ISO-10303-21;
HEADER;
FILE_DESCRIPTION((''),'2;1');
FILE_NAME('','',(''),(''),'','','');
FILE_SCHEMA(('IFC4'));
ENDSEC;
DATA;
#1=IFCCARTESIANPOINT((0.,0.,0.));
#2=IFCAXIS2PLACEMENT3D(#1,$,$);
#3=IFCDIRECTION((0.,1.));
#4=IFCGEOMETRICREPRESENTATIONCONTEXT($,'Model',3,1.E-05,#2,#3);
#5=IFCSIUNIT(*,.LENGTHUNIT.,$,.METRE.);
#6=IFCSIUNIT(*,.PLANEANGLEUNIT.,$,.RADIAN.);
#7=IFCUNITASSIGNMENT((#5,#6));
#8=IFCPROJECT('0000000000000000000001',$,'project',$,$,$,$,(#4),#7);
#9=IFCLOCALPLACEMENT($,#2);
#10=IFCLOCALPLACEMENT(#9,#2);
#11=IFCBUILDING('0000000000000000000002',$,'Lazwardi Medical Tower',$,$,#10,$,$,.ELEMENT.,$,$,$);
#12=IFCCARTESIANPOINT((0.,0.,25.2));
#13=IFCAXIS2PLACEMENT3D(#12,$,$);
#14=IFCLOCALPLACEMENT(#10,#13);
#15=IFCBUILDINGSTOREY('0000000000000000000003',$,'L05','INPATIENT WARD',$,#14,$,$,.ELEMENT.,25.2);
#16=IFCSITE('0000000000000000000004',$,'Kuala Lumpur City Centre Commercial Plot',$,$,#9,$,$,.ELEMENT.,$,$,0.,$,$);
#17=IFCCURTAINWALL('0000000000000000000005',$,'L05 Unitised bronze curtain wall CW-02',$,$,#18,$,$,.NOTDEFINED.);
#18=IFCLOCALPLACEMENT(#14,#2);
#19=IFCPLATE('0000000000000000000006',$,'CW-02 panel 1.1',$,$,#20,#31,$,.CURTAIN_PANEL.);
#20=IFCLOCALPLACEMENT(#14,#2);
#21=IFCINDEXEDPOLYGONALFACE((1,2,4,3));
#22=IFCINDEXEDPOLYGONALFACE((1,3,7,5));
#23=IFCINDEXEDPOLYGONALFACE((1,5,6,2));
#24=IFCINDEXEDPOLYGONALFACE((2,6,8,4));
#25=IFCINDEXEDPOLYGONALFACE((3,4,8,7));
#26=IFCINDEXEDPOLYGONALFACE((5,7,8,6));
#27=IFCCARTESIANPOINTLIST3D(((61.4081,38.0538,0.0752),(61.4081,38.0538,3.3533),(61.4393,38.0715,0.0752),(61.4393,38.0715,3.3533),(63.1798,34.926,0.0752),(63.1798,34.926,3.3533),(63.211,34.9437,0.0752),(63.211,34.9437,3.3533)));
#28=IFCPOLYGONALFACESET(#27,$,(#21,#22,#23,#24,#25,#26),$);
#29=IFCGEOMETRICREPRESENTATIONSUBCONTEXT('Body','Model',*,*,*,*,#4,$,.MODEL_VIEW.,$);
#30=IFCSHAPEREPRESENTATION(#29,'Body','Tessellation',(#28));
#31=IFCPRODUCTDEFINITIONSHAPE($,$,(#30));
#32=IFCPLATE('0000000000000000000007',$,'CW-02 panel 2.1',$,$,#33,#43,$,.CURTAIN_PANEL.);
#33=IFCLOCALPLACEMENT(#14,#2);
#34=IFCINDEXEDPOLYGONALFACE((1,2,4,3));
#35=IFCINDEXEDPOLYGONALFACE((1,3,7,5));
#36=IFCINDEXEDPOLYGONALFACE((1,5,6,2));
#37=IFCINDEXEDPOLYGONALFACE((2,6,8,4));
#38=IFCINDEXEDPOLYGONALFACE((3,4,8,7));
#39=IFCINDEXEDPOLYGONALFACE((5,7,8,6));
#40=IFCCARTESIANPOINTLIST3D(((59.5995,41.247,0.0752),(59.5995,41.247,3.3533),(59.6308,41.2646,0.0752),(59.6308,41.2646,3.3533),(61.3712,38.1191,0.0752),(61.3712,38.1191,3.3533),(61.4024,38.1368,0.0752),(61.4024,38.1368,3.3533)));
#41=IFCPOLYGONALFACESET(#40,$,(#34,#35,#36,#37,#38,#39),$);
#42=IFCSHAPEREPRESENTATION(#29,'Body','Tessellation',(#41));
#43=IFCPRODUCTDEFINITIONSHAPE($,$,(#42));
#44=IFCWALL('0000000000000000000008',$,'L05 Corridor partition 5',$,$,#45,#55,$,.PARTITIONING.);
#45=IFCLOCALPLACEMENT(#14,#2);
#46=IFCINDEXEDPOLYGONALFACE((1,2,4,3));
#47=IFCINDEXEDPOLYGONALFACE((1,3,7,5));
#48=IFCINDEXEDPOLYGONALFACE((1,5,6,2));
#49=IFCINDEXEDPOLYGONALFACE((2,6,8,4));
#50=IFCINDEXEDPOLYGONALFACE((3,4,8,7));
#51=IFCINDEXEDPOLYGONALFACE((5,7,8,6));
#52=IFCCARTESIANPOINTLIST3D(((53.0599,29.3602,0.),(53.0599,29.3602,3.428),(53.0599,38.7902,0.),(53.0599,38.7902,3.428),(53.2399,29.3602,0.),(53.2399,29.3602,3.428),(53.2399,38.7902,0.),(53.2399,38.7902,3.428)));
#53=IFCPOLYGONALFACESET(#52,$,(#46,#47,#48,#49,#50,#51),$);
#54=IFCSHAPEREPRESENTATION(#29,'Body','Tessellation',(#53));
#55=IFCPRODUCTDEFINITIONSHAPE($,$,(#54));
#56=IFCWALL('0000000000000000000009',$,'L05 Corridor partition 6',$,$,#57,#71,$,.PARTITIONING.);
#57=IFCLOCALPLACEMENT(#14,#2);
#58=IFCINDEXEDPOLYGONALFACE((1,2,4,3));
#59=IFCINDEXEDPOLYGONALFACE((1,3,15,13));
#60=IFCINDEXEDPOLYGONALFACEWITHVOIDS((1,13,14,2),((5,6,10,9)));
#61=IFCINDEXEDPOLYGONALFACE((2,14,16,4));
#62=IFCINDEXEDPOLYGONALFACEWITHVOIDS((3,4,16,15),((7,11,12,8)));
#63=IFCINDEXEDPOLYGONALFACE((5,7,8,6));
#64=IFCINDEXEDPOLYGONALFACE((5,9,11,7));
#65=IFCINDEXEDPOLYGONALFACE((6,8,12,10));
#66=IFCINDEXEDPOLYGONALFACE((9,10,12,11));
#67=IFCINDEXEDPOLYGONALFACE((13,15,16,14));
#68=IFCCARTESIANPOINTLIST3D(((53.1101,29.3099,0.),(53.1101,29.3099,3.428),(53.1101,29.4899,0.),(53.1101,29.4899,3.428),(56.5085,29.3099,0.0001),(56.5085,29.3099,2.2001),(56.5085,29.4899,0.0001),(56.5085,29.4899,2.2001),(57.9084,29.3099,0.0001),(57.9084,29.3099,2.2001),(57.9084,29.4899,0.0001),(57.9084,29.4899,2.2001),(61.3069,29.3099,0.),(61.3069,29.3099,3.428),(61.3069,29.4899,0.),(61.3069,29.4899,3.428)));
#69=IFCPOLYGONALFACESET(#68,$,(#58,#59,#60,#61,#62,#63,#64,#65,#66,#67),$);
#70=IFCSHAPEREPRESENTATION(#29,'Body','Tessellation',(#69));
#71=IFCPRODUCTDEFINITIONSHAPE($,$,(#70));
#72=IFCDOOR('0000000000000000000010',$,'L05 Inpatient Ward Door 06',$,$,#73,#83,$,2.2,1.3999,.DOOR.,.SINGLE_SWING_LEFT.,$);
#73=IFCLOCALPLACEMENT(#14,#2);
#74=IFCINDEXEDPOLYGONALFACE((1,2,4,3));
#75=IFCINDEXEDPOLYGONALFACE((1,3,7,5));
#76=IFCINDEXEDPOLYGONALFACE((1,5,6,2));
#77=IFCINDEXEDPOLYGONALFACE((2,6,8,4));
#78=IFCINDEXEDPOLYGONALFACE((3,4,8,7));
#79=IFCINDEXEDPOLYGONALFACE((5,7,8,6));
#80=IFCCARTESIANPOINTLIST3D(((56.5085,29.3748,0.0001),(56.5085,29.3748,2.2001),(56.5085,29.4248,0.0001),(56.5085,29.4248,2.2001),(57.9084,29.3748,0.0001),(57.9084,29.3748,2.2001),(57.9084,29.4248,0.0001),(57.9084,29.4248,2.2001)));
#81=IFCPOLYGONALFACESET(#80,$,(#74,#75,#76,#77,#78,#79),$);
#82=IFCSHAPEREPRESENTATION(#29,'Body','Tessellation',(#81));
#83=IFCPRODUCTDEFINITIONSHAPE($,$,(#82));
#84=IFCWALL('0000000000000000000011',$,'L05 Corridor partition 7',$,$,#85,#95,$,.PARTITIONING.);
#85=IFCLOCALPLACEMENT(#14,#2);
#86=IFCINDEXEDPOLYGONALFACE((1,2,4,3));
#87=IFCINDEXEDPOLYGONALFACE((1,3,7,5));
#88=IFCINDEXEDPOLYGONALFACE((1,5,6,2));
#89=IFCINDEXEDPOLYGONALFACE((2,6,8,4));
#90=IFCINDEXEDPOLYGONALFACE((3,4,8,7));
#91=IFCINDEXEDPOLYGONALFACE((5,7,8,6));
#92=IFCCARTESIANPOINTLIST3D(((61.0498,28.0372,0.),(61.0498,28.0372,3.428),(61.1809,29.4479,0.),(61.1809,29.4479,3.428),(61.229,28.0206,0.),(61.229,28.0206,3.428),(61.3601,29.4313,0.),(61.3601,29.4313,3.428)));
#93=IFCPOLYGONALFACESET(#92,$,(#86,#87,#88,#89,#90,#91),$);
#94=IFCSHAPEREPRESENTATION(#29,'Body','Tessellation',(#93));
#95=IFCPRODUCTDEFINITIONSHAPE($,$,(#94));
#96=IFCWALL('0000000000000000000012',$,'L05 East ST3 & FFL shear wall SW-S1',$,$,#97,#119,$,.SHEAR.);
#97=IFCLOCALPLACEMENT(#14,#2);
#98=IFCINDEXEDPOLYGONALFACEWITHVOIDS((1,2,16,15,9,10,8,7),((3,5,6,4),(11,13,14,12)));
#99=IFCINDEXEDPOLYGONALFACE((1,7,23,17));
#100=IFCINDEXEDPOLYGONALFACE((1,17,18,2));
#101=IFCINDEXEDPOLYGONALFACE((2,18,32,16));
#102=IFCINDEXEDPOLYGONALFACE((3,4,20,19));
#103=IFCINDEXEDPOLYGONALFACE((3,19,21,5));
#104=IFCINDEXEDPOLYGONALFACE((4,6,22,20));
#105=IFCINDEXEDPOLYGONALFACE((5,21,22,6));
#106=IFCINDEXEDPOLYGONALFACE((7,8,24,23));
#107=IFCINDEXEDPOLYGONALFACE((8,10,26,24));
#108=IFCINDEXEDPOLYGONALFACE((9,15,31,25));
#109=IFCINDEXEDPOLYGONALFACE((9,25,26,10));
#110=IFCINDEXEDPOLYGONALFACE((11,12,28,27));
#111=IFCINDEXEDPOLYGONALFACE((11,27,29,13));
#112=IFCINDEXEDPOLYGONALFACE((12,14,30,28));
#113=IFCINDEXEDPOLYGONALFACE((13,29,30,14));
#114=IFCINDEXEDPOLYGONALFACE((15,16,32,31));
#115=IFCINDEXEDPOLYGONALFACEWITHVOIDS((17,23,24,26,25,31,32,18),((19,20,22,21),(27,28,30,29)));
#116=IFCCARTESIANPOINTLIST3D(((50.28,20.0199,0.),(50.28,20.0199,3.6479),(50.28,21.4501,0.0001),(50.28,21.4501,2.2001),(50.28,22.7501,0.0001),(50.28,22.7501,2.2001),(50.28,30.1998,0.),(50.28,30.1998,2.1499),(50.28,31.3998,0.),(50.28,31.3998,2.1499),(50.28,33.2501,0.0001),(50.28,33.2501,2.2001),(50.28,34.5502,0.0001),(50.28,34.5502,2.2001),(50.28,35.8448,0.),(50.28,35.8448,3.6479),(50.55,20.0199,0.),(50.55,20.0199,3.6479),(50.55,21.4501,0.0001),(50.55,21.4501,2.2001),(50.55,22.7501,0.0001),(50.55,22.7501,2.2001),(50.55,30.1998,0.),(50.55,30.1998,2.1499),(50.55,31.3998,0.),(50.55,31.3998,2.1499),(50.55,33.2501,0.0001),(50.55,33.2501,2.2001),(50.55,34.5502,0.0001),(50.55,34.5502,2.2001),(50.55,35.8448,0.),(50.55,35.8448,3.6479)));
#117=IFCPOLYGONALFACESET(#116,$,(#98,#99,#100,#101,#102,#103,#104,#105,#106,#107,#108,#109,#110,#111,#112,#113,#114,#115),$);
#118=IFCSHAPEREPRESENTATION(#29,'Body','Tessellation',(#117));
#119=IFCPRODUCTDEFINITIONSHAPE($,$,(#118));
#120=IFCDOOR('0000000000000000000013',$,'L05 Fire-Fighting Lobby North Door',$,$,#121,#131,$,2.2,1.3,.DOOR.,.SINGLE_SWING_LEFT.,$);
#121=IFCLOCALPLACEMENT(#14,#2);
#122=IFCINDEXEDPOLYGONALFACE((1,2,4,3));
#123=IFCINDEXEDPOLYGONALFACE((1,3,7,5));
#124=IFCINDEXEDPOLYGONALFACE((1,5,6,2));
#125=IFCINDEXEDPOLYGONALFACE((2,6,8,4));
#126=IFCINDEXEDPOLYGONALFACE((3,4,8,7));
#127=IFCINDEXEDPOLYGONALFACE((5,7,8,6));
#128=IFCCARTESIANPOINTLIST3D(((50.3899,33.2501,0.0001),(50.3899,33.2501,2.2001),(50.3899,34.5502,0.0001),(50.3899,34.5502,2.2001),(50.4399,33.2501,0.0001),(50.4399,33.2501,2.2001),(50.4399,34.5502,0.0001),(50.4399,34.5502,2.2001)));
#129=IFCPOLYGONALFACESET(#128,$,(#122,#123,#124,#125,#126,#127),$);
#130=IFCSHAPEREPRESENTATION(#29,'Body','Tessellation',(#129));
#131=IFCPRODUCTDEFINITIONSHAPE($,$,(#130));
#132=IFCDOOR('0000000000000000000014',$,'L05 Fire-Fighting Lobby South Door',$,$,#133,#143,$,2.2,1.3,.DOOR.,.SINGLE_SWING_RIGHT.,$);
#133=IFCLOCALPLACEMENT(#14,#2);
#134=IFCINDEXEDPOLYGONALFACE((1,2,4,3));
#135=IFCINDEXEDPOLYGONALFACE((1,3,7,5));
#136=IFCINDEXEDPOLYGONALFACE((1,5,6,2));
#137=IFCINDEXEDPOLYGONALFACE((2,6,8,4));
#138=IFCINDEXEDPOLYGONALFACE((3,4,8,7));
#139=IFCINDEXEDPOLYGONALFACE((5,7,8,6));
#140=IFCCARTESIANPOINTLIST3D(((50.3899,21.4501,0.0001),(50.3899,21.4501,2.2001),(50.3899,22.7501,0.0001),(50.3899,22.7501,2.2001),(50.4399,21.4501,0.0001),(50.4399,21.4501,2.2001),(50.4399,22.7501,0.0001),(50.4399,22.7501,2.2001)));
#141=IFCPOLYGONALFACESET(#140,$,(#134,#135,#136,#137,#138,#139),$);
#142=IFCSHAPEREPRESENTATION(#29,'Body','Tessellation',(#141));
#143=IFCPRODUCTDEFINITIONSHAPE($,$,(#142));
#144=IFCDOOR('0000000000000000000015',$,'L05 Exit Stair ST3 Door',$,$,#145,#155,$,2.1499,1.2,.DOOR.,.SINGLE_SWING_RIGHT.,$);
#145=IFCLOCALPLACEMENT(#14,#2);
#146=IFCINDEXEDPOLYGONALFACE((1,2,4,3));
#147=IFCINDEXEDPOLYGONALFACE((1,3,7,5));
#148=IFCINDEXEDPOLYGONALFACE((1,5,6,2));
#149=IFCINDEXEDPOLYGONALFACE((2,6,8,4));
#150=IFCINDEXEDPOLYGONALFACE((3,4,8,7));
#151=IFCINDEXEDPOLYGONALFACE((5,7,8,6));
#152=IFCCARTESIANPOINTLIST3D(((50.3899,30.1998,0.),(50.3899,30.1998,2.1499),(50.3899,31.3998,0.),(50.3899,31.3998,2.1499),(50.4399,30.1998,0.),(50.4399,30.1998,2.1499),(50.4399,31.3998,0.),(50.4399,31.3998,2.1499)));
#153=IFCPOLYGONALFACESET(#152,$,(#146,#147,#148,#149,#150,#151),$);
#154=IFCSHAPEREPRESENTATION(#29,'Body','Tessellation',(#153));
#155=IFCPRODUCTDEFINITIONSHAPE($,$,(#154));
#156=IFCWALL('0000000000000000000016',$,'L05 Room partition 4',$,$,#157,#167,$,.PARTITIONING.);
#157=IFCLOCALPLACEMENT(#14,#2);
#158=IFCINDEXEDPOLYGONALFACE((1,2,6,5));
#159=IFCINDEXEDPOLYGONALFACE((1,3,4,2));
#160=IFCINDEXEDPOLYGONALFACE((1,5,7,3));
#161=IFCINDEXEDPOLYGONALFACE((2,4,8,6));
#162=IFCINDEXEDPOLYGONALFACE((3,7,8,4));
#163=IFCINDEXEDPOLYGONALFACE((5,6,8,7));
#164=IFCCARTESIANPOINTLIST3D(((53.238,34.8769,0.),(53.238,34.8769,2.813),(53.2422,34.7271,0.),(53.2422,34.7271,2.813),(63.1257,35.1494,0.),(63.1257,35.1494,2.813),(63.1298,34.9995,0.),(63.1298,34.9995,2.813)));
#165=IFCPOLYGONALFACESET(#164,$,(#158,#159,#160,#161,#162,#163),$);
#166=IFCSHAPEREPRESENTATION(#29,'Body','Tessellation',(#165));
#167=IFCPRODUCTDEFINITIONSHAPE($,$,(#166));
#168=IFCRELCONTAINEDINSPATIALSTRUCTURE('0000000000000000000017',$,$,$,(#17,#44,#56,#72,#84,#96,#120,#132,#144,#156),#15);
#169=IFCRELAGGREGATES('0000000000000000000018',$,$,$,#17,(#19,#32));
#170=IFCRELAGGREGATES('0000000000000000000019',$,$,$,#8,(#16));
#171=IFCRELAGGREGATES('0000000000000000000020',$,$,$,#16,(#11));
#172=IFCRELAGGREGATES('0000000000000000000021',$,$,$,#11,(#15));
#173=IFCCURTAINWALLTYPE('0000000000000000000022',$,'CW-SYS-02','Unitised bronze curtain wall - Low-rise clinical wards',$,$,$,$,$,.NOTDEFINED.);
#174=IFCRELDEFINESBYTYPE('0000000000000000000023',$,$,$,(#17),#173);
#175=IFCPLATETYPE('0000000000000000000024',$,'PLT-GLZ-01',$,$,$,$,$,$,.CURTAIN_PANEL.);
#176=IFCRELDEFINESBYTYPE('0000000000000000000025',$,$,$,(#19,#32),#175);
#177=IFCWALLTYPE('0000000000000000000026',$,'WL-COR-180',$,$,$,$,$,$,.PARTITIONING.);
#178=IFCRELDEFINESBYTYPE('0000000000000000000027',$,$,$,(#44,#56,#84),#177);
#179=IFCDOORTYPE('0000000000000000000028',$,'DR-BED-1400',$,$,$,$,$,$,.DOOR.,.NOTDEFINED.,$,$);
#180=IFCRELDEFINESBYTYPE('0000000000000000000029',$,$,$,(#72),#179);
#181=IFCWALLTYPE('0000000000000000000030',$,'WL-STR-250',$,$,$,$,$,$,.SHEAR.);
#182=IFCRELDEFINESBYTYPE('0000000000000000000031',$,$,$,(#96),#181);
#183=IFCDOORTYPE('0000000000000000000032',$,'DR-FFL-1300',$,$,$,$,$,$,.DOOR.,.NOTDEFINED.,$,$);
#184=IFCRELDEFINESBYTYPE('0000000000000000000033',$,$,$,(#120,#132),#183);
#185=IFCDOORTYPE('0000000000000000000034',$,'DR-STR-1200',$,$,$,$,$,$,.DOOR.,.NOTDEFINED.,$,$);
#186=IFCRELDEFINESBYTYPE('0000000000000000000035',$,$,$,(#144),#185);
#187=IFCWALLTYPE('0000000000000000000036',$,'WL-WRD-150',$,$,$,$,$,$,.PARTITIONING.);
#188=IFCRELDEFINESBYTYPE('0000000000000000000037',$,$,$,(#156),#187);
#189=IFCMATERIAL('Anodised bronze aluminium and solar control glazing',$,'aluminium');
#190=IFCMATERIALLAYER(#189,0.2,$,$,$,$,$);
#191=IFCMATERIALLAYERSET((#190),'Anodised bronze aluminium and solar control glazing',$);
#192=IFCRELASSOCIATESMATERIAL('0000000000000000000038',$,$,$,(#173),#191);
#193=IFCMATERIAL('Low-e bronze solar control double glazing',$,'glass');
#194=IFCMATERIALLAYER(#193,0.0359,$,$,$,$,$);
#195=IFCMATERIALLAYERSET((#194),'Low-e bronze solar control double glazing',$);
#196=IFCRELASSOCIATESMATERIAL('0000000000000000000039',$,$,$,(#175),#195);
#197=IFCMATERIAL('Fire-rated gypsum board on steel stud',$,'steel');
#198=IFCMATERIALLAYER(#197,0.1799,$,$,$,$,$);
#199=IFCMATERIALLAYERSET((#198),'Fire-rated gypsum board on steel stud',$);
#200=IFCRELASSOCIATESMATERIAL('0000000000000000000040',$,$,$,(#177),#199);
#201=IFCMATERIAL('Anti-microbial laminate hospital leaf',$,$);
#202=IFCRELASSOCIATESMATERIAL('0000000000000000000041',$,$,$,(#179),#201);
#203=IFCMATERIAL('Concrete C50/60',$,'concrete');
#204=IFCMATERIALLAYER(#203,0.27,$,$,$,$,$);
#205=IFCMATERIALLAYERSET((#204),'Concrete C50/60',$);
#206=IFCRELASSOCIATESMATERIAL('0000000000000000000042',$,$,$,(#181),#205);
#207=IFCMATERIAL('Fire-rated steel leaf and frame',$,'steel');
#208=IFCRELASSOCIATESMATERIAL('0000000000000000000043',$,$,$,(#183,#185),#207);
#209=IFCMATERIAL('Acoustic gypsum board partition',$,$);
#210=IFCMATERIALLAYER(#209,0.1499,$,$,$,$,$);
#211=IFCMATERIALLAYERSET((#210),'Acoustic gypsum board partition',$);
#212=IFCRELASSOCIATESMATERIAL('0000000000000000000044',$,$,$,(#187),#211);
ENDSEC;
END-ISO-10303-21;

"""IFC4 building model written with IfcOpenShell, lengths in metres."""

from ifc_helpers import new_model, si_unit, direction, frame, frame_2d, origin, origin_2d, place, context, subcontext, project, spatial, rectangle, extrude, material, layer, layer_set, type_object, element, fill, aggregate, save


model = new_model("IFC4")

# Units and contexts
model_context = context("Model", 3, precision=1e-05, world=origin(), true_north=direction((0.0, 1.0)))
body_context = subcontext(model_context, "Body", "Model", "MODEL_VIEW")
ifc_project = project(units=[si_unit("LENGTHUNIT", "METRE"), si_unit("PLANEANGLEUNIT", "RADIAN")], contexts=[model_context])

# Site, building, storey
site_placement = place(None, origin())
site = spatial("IfcSite", under=ifc_project, at=site_placement, Name="Kuala Lumpur City Centre Commercial Plot", CompositionType="ELEMENT", RefElevation=0.0)
building_placement = place(site_placement, origin())
building = spatial("IfcBuilding", under=site, at=building_placement, Name="Lazwardi Medical Tower", CompositionType="ELEMENT")
storey_placement = place(building_placement, frame((0.0, 0.0, 25.2)))
storey = spatial("IfcBuildingStorey", under=building, at=storey_placement, Name="L05", Description="INPATIENT WARD", CompositionType="ELEMENT", Elevation=25.2)

# Shared definitions
ifc_material_1 = material(Name="Anodised bronze aluminium and solar control glazing", Category="aluminium")
ifc_layer_1 = layer(ifc_material_1, 0.2)
ifc_layer_set_1 = layer_set([ifc_layer_1], Name="Anodised bronze aluminium and solar control glazing")
curtain_wall_type = type_object("IfcCurtainWallType", Name="CW-SYS-02", Description="Unitised bronze curtain wall - Low-rise clinical wards", PredefinedType="NOTDEFINED", material=ifc_layer_set_1)

# Curtain wall
curtain_wall_1_placement = place(storey_placement, origin())
curtain_wall_1 = element("IfcCurtainWall", 1, at=curtain_wall_1_placement, inside=storey, type_object=curtain_wall_type, Name="L05 Unitised bronze curtain wall CW-02", PredefinedType="NOTDEFINED")

# Plates
ifc_material_2 = material(Name="Low-e bronze solar control double glazing", Category="glass")
ifc_layer_2 = layer(ifc_material_2, 0.0359)
ifc_layer_set_2 = layer_set([ifc_layer_2], Name="Low-e bronze solar control double glazing")
plate_type = type_object("IfcPlateType", Name="PLT-GLZ-01", PredefinedType="CURTAIN_PANEL", material=ifc_layer_set_2)
plate_1_placement = place(storey_placement, frame((62.3096, 36.4988, 0.0752), z_axis=(0.0, 0.0, 1.0), x_axis=(-0.492854, 0.870112, 0.0)))
plate_1 = element("IfcPlate", 2, at=plate_1_placement, type_object=plate_type, Name="CW-02 panel 1.1", PredefinedType="CURTAIN_PANEL", context=body_context, shape_type="SweptSolid", body=[
    extrude(rectangle(XDim=3.5947, YDim=0.0359, at=origin_2d()), origin(), (0.0, 0.0, 1.0), 3.2781),
])
plate_2_placement = place(storey_placement, frame((60.501, 39.6919, 0.0752), z_axis=(0.0, 0.0, 1.0), x_axis=(-0.492854, 0.870112, 0.0)))
plate_2 = element("IfcPlate", 3, at=plate_2_placement, type_object=plate_type, Name="CW-02 panel 2.1", PredefinedType="CURTAIN_PANEL", context=body_context, shape_type="SweptSolid", body=[
    extrude(rectangle(XDim=3.5947, YDim=0.0359, at=origin_2d()), origin(), (0.0, 0.0, 1.0), 3.2781),
])
aggregate(curtain_wall_1, [plate_1, plate_2])

# Wall
ifc_material_3 = material(Name="Fire-rated gypsum board on steel stud", Category="steel")
ifc_layer_3 = layer(ifc_material_3, 0.1799)
ifc_layer_set_3 = layer_set([ifc_layer_3], Name="Fire-rated gypsum board on steel stud")
wall_type_1 = type_object("IfcWallType", Name="WL-COR-180", PredefinedType="PARTITIONING", material=ifc_layer_set_3)
wall_1_placement = place(storey_placement, frame((53.1499, 38.79, 0.0), z_axis=(0.0, 0.0, 1.0), x_axis=(0.0, -1.0, 0.0)))
element("IfcWall", 4, at=wall_1_placement, inside=storey, type_object=wall_type_1, Name="L05 Corridor partition 5", PredefinedType="PARTITIONING", context=body_context, shape_type="SweptSolid", body=[
    extrude(rectangle(XDim=9.4299, YDim=0.1799, at=frame_2d((4.7148, 0.0))), origin(), (0.0, 0.0, 1.0), 3.428),
])

# Wall, opening, door
wall_2_placement = place(storey_placement, frame((53.1101, 29.3999, 0.0), z_axis=(0.0, 0.0, 1.0), x_axis=(1.0, 0.0, 0.0)))
wall_2 = element("IfcWall", 5, at=wall_2_placement, inside=storey, type_object=wall_type_1, Name="L05 Corridor partition 6", PredefinedType="PARTITIONING", context=body_context, shape_type="SweptSolid", body=[
    extrude(rectangle(XDim=8.1968, YDim=0.1799, at=frame_2d((4.0984, 0.0))), origin(), (0.0, 0.0, 1.0), 3.428),
])
opening_1_placement = place(wall_2_placement, frame((3.3984, 0.0, 0.0)))
opening_1 = element("IfcOpeningElement", 6, at=opening_1_placement, cuts=wall_2, PredefinedType="OPENING", context=body_context, shape_type="SweptSolid", body=[
    extrude(rectangle(XDim=1.3999, YDim=2.2, at=frame_2d((0.7, 1.1001))), frame((0.0, 0.0999, 0.0), z_axis=(0.0, -1.0, 0.0), x_axis=(1.0, 0.0, 0.0)), (0.0, 0.0, 1.0), 0.2),
])
ifc_material_4 = material(Name="Anti-microbial laminate hospital leaf")
door_type_1 = type_object("IfcDoorType", Name="DR-BED-1400", OperationType="NOTDEFINED", PredefinedType="DOOR", material=ifc_material_4)
door_1_placement = place(opening_1_placement, origin())
door_1 = element("IfcDoor", 7, at=door_1_placement, inside=storey, type_object=door_type_1, Name="L05 Inpatient Ward Door 06", OperationType="SINGLE_SWING_LEFT", OverallHeight=2.2, OverallWidth=1.3999, PredefinedType="DOOR", context=body_context, shape_type="SweptSolid", body=[
    extrude(rectangle(XDim=1.3999, YDim=2.2, at=frame_2d((0.7, 1.1001))), frame((0.0, 0.0249, 0.0), z_axis=(0.0, -1.0, 0.0), x_axis=(1.0, 0.0, 0.0)), (0.0, 0.0, 1.0), 0.05),
])
fill(opening_1, door_1)

# Wall
wall_3_placement = place(storey_placement, frame((61.2705, 29.4397, 0.0), z_axis=(0.0, 0.0, 1.0), x_axis=(-0.09254, -0.995709, 0.0)))
element("IfcWall", 8, at=wall_3_placement, inside=storey, type_object=wall_type_1, Name="L05 Corridor partition 7", PredefinedType="PARTITIONING", context=body_context, shape_type="SweptSolid", body=[
    extrude(rectangle(XDim=1.4167, YDim=0.1799, at=frame_2d((0.7085, 0.0))), origin(), (0.0, 0.0, 1.0), 3.428),
])

# Wall, openings, doors
ifc_material_5 = material(Name="Concrete C50/60", Category="concrete")
ifc_layer_4 = layer(ifc_material_5, 0.27)
ifc_layer_set_4 = layer_set([ifc_layer_4], Name="Concrete C50/60")
wall_type_2 = type_object("IfcWallType", Name="WL-STR-250", PredefinedType="SHEAR", material=ifc_layer_set_4)
wall_4_placement = place(storey_placement, frame((50.415, 35.845, 0.0), z_axis=(0.0, 0.0, 1.0), x_axis=(0.0, -1.0, 0.0)))
wall_4 = element("IfcWall", 9, at=wall_4_placement, inside=storey, type_object=wall_type_2, Name="L05 East ST3 & FFL shear wall SW-S1", PredefinedType="SHEAR", context=body_context, shape_type="SweptSolid", body=[
    extrude(rectangle(XDim=15.825, YDim=0.27, at=frame_2d((7.9126, 0.0))), origin(), (0.0, 0.0, 1.0), 3.6479),
])
opening_2_placement = place(wall_4_placement, frame((4.4451, 0.0, 0.0)))
opening_2 = element("IfcOpeningElement", 10, at=opening_2_placement, cuts=wall_4, PredefinedType="OPENING", context=body_context, shape_type="SweptSolid", body=[
    extrude(rectangle(XDim=1.2, YDim=2.1499, at=frame_2d((0.6001, 1.075))), frame((0.0, 0.145, 0.0), z_axis=(0.0, -1.0, 0.0), x_axis=(1.0, 0.0, 0.0)), (0.0, 0.0, 1.0), 0.29),
])
opening_3_placement = place(wall_4_placement, frame((1.2949, 0.0, 0.0)))
opening_3 = element("IfcOpeningElement", 11, at=opening_3_placement, cuts=wall_4, PredefinedType="OPENING", context=body_context, shape_type="SweptSolid", body=[
    extrude(rectangle(XDim=1.3, YDim=2.2, at=frame_2d((0.6499, 1.1001))), frame((0.0, 0.145, 0.0), z_axis=(0.0, -1.0, 0.0), x_axis=(1.0, 0.0, 0.0)), (0.0, 0.0, 1.0), 0.29),
])
opening_4_placement = place(wall_4_placement, frame((13.095, 0.0, 0.0)))
opening_4 = element("IfcOpeningElement", 12, at=opening_4_placement, cuts=wall_4, PredefinedType="OPENING", context=body_context, shape_type="SweptSolid", body=[
    extrude(rectangle(XDim=1.3, YDim=2.2, at=frame_2d((0.6499, 1.1001))), frame((0.0, 0.145, 0.0), z_axis=(0.0, -1.0, 0.0), x_axis=(1.0, 0.0, 0.0)), (0.0, 0.0, 1.0), 0.29),
])
ifc_material_6 = material(Name="Fire-rated steel leaf and frame", Category="steel")
door_type_2 = type_object("IfcDoorType", Name="DR-FFL-1300", OperationType="NOTDEFINED", PredefinedType="DOOR", material=ifc_material_6)
door_2_placement = place(opening_3_placement, origin())
door_2 = element("IfcDoor", 13, at=door_2_placement, inside=storey, type_object=door_type_2, Name="L05 Fire-Fighting Lobby North Door", OperationType="SINGLE_SWING_LEFT", OverallHeight=2.2, OverallWidth=1.3, PredefinedType="DOOR", context=body_context, shape_type="SweptSolid", body=[
    extrude(rectangle(XDim=1.3, YDim=2.2, at=frame_2d((0.6499, 1.1001))), frame((0.0, 0.0249, 0.0), z_axis=(0.0, -1.0, 0.0), x_axis=(1.0, 0.0, 0.0)), (0.0, 0.0, 1.0), 0.05),
])
fill(opening_3, door_2)
door_3_placement = place(opening_4_placement, origin())
door_3 = element("IfcDoor", 14, at=door_3_placement, inside=storey, type_object=door_type_2, Name="L05 Fire-Fighting Lobby South Door", OperationType="SINGLE_SWING_RIGHT", OverallHeight=2.2, OverallWidth=1.3, PredefinedType="DOOR", context=body_context, shape_type="SweptSolid", body=[
    extrude(rectangle(XDim=1.3, YDim=2.2, at=frame_2d((0.6499, 1.1001))), frame((0.0, 0.0249, 0.0), z_axis=(0.0, -1.0, 0.0), x_axis=(1.0, 0.0, 0.0)), (0.0, 0.0, 1.0), 0.05),
])
fill(opening_4, door_3)
door_type_3 = type_object("IfcDoorType", Name="DR-STR-1200", OperationType="NOTDEFINED", PredefinedType="DOOR", material=ifc_material_6)
door_4_placement = place(opening_2_placement, origin())
door_4 = element("IfcDoor", 15, at=door_4_placement, inside=storey, type_object=door_type_3, Name="L05 Exit Stair ST3 Door", OperationType="SINGLE_SWING_RIGHT", OverallHeight=2.1499, OverallWidth=1.2, PredefinedType="DOOR", context=body_context, shape_type="SweptSolid", body=[
    extrude(rectangle(XDim=1.2, YDim=2.1499, at=frame_2d((0.6001, 1.075))), frame((0.0, 0.0249, 0.0), z_axis=(0.0, -1.0, 0.0), x_axis=(1.0, 0.0, 0.0)), (0.0, 0.0, 1.0), 0.05),
])
fill(opening_2, door_4)

# Wall
ifc_material_7 = material(Name="Acoustic gypsum board partition")
ifc_layer_5 = layer(ifc_material_7, 0.1499)
ifc_layer_set_5 = layer_set([ifc_layer_5], Name="Acoustic gypsum board partition")
wall_type_3 = type_object("IfcWallType", Name="WL-WRD-150", PredefinedType="PARTITIONING", material=ifc_layer_set_5)
wall_5_placement = place(storey_placement, frame((53.24, 34.802, 0.0), z_axis=(0.0, 0.0, 1.0), x_axis=(0.999621, 0.027545, 0.0)))
element("IfcWall", 16, at=wall_5_placement, inside=storey, type_object=wall_type_3, Name="L05 Room partition 4", PredefinedType="PARTITIONING", context=body_context, shape_type="SweptSolid", body=[
    extrude(rectangle(XDim=9.8914, YDim=0.1499, at=frame_2d((4.9458, 0.0))), origin(), (0.0, 0.0, 1.0), 2.813),
])

save(model, "model.ifc")
